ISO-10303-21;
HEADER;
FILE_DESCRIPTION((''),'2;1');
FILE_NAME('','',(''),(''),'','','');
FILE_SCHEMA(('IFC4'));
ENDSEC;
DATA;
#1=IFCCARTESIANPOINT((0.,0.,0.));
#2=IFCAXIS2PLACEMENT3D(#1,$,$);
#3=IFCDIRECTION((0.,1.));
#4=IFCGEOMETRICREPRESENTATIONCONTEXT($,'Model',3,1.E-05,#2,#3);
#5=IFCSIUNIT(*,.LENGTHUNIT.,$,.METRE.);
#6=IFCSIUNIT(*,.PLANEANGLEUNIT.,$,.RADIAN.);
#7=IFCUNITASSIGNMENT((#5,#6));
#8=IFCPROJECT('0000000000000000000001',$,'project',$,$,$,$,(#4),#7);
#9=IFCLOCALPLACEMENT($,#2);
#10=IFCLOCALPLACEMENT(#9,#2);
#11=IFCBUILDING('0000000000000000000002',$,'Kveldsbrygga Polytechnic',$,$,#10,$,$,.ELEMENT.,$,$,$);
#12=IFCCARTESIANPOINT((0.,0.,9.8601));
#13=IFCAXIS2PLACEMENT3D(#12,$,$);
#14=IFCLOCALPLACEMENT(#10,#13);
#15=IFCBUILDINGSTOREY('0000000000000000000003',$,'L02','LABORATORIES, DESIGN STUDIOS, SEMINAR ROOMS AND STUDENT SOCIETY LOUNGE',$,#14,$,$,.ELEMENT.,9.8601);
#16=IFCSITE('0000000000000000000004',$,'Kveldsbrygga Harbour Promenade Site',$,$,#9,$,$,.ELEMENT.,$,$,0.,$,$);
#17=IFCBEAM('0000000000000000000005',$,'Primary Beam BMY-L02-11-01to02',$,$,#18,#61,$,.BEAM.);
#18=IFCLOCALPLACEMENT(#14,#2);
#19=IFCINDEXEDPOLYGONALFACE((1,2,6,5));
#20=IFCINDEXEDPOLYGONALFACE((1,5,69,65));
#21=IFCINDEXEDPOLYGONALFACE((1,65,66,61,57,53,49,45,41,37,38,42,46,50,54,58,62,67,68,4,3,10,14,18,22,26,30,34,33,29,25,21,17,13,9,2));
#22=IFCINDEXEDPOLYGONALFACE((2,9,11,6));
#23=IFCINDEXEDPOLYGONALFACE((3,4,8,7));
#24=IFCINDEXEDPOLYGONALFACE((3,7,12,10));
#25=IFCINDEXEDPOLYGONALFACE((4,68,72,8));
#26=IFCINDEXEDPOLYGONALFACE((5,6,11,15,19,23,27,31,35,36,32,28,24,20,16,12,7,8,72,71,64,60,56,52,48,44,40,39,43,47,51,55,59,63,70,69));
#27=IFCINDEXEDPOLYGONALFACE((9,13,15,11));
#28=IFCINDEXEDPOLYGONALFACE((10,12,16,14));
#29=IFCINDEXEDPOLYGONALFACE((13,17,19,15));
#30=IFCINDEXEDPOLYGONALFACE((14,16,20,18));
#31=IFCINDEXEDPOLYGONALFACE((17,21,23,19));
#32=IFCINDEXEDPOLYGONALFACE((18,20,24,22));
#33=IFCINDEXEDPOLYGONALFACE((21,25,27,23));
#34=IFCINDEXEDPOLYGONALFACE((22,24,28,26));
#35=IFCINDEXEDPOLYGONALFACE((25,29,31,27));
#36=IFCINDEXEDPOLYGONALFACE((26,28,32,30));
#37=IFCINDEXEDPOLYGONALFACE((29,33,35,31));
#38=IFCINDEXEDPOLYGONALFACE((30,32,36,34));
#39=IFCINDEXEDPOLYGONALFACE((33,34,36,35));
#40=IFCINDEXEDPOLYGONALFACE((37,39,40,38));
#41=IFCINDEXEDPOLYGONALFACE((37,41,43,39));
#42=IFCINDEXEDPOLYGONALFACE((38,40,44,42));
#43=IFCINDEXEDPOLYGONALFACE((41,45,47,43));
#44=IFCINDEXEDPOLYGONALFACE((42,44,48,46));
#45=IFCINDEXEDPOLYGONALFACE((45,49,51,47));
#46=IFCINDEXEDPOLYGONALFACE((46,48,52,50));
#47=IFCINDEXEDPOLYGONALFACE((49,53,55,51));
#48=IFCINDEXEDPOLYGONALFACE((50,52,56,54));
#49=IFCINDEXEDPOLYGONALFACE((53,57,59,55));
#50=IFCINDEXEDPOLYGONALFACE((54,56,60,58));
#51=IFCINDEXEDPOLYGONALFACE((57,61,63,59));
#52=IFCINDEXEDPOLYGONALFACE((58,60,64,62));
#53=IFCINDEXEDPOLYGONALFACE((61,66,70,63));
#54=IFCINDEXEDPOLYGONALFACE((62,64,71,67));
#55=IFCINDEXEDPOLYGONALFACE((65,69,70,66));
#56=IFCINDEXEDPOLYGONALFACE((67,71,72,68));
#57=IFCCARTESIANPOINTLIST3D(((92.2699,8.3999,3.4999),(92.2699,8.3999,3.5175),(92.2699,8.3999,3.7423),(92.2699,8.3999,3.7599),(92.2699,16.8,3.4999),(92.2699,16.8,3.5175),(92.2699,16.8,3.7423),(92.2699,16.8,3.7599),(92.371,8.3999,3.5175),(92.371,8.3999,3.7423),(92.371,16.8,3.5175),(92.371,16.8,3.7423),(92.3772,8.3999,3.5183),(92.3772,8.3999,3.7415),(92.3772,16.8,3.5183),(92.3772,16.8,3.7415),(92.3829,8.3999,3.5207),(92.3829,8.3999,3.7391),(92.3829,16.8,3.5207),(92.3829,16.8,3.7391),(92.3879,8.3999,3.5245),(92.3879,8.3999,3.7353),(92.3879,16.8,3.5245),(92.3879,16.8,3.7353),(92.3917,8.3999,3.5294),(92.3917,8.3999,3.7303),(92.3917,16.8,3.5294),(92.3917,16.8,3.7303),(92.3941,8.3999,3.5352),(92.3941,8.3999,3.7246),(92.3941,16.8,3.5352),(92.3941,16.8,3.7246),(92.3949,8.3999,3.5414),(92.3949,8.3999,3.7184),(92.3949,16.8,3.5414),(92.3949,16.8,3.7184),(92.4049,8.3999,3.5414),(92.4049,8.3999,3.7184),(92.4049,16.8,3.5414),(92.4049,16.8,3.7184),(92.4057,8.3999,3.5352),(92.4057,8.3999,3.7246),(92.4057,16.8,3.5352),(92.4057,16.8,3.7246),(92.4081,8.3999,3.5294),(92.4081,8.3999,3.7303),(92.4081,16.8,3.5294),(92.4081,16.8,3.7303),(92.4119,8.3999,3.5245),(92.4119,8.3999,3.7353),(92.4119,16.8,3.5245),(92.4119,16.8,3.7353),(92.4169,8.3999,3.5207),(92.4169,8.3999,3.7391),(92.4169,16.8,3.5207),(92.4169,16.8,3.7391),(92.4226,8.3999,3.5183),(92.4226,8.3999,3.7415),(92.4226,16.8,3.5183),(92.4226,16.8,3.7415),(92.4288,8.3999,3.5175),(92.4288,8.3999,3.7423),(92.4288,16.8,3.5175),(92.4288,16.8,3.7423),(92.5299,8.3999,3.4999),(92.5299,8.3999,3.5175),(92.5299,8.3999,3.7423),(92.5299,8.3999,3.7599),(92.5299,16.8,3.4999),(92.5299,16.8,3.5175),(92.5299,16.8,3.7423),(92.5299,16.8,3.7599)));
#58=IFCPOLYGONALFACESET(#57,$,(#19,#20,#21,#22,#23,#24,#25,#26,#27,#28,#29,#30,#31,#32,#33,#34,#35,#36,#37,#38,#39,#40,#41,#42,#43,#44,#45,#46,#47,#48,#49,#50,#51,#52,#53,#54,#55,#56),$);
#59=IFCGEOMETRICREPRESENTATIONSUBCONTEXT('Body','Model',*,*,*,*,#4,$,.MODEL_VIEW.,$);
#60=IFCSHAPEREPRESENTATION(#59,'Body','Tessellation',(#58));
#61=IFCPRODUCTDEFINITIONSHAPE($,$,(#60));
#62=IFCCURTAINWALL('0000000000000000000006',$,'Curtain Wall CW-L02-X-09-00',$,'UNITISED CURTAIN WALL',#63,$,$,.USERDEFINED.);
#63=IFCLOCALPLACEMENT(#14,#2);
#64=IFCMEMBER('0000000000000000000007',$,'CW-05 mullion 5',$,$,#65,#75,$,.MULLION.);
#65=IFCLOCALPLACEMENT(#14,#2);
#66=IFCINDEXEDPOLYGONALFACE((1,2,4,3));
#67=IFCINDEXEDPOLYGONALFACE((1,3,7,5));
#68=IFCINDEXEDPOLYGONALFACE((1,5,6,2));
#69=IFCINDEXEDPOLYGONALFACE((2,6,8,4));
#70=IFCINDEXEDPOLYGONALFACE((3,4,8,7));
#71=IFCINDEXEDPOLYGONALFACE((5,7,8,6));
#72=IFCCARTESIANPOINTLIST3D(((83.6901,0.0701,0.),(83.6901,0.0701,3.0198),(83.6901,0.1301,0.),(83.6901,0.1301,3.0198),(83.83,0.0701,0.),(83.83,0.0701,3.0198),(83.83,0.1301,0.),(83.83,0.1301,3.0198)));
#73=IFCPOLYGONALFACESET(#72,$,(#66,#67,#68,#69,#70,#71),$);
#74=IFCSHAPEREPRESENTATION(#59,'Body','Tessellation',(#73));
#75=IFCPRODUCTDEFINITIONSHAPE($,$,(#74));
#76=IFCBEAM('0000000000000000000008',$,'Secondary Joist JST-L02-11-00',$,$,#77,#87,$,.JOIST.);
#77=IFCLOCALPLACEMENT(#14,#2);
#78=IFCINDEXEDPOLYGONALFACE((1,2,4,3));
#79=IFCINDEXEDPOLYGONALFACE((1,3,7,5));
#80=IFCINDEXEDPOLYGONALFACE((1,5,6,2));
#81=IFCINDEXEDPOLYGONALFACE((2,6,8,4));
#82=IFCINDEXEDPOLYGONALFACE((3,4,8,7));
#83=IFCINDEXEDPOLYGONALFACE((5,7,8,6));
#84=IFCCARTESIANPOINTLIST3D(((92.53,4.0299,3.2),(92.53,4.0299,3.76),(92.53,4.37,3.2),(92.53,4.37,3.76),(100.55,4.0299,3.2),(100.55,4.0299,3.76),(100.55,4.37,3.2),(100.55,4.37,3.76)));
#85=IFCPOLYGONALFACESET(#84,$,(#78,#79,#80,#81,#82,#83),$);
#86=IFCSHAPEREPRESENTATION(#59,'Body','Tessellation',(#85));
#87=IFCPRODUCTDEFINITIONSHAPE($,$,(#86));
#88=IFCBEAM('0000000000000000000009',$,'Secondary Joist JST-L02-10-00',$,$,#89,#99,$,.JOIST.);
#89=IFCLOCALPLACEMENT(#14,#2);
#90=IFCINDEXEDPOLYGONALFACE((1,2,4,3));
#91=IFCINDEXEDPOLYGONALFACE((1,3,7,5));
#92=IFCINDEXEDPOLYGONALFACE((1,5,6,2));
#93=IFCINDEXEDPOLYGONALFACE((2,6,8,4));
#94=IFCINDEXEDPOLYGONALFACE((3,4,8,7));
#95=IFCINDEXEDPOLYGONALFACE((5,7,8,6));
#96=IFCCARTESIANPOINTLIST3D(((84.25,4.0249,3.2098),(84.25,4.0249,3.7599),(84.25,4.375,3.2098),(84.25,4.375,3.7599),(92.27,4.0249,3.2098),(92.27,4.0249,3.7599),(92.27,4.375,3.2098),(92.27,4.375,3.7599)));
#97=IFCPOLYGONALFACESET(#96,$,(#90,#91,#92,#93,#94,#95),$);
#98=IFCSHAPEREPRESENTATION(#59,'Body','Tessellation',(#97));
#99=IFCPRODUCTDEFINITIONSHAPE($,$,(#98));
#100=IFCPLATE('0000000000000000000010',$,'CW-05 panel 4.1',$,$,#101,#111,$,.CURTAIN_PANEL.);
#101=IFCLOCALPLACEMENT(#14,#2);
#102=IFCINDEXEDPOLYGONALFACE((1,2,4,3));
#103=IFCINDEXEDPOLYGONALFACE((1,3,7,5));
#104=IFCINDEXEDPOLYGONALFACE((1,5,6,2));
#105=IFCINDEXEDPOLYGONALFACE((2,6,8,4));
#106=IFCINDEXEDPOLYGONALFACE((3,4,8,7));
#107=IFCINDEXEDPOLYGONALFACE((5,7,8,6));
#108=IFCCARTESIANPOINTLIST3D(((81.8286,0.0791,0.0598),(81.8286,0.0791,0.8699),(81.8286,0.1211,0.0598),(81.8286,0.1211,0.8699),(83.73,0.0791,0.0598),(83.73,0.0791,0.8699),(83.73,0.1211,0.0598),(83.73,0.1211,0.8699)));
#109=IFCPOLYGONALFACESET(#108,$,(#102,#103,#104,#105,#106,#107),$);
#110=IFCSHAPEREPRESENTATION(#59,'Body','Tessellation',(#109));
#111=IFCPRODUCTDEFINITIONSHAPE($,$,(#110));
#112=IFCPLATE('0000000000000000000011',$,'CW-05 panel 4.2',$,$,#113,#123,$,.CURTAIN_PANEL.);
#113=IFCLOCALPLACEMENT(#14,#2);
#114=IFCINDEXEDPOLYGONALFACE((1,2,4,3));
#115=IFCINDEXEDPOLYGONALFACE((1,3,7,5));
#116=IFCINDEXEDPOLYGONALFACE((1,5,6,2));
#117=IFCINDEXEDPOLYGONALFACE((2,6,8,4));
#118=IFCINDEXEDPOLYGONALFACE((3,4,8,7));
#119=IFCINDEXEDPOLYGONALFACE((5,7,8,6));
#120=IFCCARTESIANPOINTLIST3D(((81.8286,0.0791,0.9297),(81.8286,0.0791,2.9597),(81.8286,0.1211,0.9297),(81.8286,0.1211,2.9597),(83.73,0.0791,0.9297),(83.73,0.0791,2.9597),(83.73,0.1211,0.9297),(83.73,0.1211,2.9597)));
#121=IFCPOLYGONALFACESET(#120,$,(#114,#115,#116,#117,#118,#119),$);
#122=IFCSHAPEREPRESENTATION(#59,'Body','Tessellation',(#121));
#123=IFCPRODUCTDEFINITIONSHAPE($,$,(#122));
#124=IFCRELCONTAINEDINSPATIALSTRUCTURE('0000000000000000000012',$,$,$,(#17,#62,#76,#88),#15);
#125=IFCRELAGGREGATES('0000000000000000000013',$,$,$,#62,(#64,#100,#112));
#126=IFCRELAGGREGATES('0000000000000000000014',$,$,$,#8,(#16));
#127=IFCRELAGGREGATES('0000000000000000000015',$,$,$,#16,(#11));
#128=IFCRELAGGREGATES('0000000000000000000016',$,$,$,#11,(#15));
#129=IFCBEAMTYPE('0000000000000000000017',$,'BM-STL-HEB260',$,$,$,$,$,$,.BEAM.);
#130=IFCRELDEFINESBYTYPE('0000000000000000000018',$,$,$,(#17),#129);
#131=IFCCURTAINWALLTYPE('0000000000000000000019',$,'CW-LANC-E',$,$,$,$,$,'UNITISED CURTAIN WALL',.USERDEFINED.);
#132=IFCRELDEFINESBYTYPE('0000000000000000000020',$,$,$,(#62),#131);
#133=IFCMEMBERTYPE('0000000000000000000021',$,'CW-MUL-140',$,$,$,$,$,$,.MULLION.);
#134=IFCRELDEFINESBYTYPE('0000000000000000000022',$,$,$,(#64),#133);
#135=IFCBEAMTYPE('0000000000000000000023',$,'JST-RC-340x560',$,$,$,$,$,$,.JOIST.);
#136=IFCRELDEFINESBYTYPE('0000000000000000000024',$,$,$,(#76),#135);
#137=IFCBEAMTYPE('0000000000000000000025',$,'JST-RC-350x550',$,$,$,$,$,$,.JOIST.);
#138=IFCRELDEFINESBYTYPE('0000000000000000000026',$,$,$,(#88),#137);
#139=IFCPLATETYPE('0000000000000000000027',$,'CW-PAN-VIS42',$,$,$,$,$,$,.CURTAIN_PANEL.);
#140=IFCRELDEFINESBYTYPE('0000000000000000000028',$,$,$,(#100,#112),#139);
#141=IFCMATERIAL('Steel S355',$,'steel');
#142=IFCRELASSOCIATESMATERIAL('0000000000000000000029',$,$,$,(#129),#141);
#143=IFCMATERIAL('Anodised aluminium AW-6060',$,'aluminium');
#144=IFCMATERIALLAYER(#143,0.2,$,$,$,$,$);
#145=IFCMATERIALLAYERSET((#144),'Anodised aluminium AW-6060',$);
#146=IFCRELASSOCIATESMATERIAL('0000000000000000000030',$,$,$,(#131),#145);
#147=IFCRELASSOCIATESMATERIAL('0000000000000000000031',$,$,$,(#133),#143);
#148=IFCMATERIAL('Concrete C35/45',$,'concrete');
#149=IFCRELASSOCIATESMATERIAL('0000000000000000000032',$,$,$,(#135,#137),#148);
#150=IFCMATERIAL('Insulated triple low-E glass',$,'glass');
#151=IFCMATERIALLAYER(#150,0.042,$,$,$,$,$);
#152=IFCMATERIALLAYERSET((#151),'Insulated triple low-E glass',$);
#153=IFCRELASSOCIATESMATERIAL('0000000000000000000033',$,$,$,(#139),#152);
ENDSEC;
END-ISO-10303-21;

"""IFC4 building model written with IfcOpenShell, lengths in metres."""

from ifc_helpers import new_model, si_unit, direction, frame, origin, origin_2d, place, context, subcontext, project, spatial, rectangle, i_section, extrude, material, layer, layer_set, material_profile, profile_set, type_object, element, aggregate, save


model = new_model("IFC4")

# Units and contexts
model_context = context("Model", 3, precision=1e-05, world=origin(), true_north=direction((0.0, 1.0)))
body_context = subcontext(model_context, "Body", "Model", "MODEL_VIEW")
ifc_project = project(units=[si_unit("LENGTHUNIT", "METRE"), si_unit("PLANEANGLEUNIT", "RADIAN")], contexts=[model_context])

# Site, building, storey
site_placement = place(None, origin())
site = spatial("IfcSite", under=ifc_project, at=site_placement, Name="Kveldsbrygga Harbour Promenade Site", CompositionType="ELEMENT", RefElevation=0.0)
building_placement = place(site_placement, origin())
building = spatial("IfcBuilding", under=site, at=building_placement, Name="Kveldsbrygga Polytechnic", CompositionType="ELEMENT")
storey_placement = place(building_placement, frame((0.0, 0.0, 9.8601)))
storey = spatial("IfcBuildingStorey", under=building, at=storey_placement, Name="L02", Description="LABORATORIES, DESIGN STUDIOS, SEMINAR ROOMS AND STUDENT SOCIETY LOUNGE", CompositionType="ELEMENT", Elevation=9.8601)

# Beam
ifc_material_1 = material(Name="Concrete C35/45", Category="concrete")
ifc_material_2 = material(Name="Steel S355", Category="steel")
ifc_material_profile_1 = material_profile(ifc_material_2, i_section(OverallWidth=0.26, OverallDepth=0.26, WebThickness=0.01, FlangeThickness=0.0176, FilletRadius=0.0239, at=origin_2d()), Name="HEB 260")
ifc_profile_set_1 = profile_set([ifc_material_profile_1], Name="Steel S355")
beam_type_1 = type_object("IfcBeamType", Name="BM-STL-HEB260", PredefinedType="BEAM", material=ifc_profile_set_1)
beam_1_placement = place(storey_placement, frame((92.3999, 8.3999, 3.6299), z_axis=(0.0, 1.0, 0.0), x_axis=(-1.0, 0.0, 0.0)))
element("IfcBeam", 1, at=beam_1_placement, inside=storey, type_object=beam_type_1, Name="Primary Beam BMY-L02-11-01to02", PredefinedType="BEAM", context=body_context, shape_type="SweptSolid", body=[
    extrude(i_section(OverallWidth=0.26, OverallDepth=0.26, WebThickness=0.01, FlangeThickness=0.0176, FilletRadius=0.0239, at=origin_2d()), origin(), (0.0, 0.0, 1.0), 8.4001),
])

# Curtain wall, member
ifc_material_3 = material(Name="Anodised aluminium AW-6060", Category="aluminium")
ifc_layer_1 = layer(ifc_material_3, 0.2)
ifc_layer_set_1 = layer_set([ifc_layer_1], Name="Anodised aluminium AW-6060")
curtain_wall_type = type_object("IfcCurtainWallType", Name="CW-LANC-E", ElementType="UNITISED CURTAIN WALL", PredefinedType="USERDEFINED", material=ifc_layer_set_1)
curtain_wall_placement = place(storey_placement, origin())
curtain_wall = element("IfcCurtainWall", 2, at=curtain_wall_placement, inside=storey, type_object=curtain_wall_type, Name="Curtain Wall CW-L02-X-09-00", ObjectType="UNITISED CURTAIN WALL", PredefinedType="USERDEFINED")
ifc_material_profile_2 = material_profile(ifc_material_3, rectangle(XDim=0.0601, YDim=0.1399, at=origin_2d()), Name="ALU 60x140")
ifc_profile_set_2 = profile_set([ifc_material_profile_2], Name="Anodised aluminium AW-6060")
member_type = type_object("IfcMemberType", Name="CW-MUL-140", PredefinedType="MULLION", material=ifc_profile_set_2)
member_placement = place(storey_placement, frame((83.76, 0.1001, 0.0), z_axis=(0.0, 0.0, 1.0), x_axis=(0.0, 1.0, 0.0)))
member = element("IfcMember", 3, at=member_placement, type_object=member_type, Name="CW-05 mullion 5", PredefinedType="MULLION", context=body_context, shape_type="SweptSolid", body=[
    extrude(rectangle(XDim=0.0601, YDim=0.1399, at=origin_2d()), origin(), (0.0, 0.0, 1.0), 3.0198),
])

# Beams
ifc_material_profile_3 = material_profile(ifc_material_1, rectangle(XDim=0.3401, YDim=0.5601, at=origin_2d()), Name="RC 340x560")
ifc_profile_set_3 = profile_set([ifc_material_profile_3], Name="Concrete C35/45")
beam_type_2 = type_object("IfcBeamType", Name="JST-RC-340x560", PredefinedType="JOIST", material=ifc_profile_set_3)
beam_2_placement = place(storey_placement, frame((92.53, 4.2, 3.48), z_axis=(1.0, 0.0, 0.0), x_axis=(0.0, 1.0, 0.0)))
element("IfcBeam", 4, at=beam_2_placement, inside=storey, type_object=beam_type_2, Name="Secondary Joist JST-L02-11-00", PredefinedType="JOIST", context=body_context, shape_type="SweptSolid", body=[
    extrude(rectangle(XDim=0.3401, YDim=0.5601, at=origin_2d()), origin(), (0.0, 0.0, 1.0), 8.02),
])
ifc_material_profile_4 = material_profile(ifc_material_1, rectangle(XDim=0.3501, YDim=0.55, at=origin_2d()), Name="RC 350x550")
ifc_profile_set_4 = profile_set([ifc_material_profile_4], Name="Concrete C35/45")
beam_type_3 = type_object("IfcBeamType", Name="JST-RC-350x550", PredefinedType="JOIST", material=ifc_profile_set_4)
beam_3_placement = place(storey_placement, frame((84.25, 4.2, 3.4849), z_axis=(1.0, 0.0, 0.0), x_axis=(0.0, 1.0, 0.0)))
element("IfcBeam", 5, at=beam_3_placement, inside=storey, type_object=beam_type_3, Name="Secondary Joist JST-L02-10-00", PredefinedType="JOIST", context=body_context, shape_type="SweptSolid", body=[
    extrude(rectangle(XDim=0.3501, YDim=0.55, at=origin_2d()), origin(), (0.0, 0.0, 1.0), 8.02),
])

# Plates
ifc_material_4 = material(Name="Insulated triple low-E glass", Category="glass")
ifc_layer_2 = layer(ifc_material_4, 0.042)
ifc_layer_set_2 = layer_set([ifc_layer_2], Name="Insulated triple low-E glass")
plate_type = type_object("IfcPlateType", Name="CW-PAN-VIS42", PredefinedType="CURTAIN_PANEL", material=ifc_layer_set_2)
plate_1_placement = place(storey_placement, frame((82.7793, 0.1001, 0.0598), z_axis=(0.0, 0.0, 1.0), x_axis=(1.0, 0.0, 0.0)))
plate_1 = element("IfcPlate", 6, at=plate_1_placement, type_object=plate_type, Name="CW-05 panel 4.1", PredefinedType="CURTAIN_PANEL", context=body_context, shape_type="SweptSolid", body=[
    extrude(rectangle(XDim=1.9014, YDim=0.042, at=origin_2d()), origin(), (0.0, 0.0, 1.0), 0.8101),
])
plate_2_placement = place(storey_placement, frame((82.7793, 0.1001, 0.9297), z_axis=(0.0, 0.0, 1.0), x_axis=(1.0, 0.0, 0.0)))
plate_2 = element("IfcPlate", 7, at=plate_2_placement, type_object=plate_type, Name="CW-05 panel 4.2", PredefinedType="CURTAIN_PANEL", context=body_context, shape_type="SweptSolid", body=[
    extrude(rectangle(XDim=1.9014, YDim=0.042, at=origin_2d()), origin(), (0.0, 0.0, 1.0), 2.03),
])
aggregate(curtain_wall, [member, plate_1, plate_2])

save(model, "model.ifc")
